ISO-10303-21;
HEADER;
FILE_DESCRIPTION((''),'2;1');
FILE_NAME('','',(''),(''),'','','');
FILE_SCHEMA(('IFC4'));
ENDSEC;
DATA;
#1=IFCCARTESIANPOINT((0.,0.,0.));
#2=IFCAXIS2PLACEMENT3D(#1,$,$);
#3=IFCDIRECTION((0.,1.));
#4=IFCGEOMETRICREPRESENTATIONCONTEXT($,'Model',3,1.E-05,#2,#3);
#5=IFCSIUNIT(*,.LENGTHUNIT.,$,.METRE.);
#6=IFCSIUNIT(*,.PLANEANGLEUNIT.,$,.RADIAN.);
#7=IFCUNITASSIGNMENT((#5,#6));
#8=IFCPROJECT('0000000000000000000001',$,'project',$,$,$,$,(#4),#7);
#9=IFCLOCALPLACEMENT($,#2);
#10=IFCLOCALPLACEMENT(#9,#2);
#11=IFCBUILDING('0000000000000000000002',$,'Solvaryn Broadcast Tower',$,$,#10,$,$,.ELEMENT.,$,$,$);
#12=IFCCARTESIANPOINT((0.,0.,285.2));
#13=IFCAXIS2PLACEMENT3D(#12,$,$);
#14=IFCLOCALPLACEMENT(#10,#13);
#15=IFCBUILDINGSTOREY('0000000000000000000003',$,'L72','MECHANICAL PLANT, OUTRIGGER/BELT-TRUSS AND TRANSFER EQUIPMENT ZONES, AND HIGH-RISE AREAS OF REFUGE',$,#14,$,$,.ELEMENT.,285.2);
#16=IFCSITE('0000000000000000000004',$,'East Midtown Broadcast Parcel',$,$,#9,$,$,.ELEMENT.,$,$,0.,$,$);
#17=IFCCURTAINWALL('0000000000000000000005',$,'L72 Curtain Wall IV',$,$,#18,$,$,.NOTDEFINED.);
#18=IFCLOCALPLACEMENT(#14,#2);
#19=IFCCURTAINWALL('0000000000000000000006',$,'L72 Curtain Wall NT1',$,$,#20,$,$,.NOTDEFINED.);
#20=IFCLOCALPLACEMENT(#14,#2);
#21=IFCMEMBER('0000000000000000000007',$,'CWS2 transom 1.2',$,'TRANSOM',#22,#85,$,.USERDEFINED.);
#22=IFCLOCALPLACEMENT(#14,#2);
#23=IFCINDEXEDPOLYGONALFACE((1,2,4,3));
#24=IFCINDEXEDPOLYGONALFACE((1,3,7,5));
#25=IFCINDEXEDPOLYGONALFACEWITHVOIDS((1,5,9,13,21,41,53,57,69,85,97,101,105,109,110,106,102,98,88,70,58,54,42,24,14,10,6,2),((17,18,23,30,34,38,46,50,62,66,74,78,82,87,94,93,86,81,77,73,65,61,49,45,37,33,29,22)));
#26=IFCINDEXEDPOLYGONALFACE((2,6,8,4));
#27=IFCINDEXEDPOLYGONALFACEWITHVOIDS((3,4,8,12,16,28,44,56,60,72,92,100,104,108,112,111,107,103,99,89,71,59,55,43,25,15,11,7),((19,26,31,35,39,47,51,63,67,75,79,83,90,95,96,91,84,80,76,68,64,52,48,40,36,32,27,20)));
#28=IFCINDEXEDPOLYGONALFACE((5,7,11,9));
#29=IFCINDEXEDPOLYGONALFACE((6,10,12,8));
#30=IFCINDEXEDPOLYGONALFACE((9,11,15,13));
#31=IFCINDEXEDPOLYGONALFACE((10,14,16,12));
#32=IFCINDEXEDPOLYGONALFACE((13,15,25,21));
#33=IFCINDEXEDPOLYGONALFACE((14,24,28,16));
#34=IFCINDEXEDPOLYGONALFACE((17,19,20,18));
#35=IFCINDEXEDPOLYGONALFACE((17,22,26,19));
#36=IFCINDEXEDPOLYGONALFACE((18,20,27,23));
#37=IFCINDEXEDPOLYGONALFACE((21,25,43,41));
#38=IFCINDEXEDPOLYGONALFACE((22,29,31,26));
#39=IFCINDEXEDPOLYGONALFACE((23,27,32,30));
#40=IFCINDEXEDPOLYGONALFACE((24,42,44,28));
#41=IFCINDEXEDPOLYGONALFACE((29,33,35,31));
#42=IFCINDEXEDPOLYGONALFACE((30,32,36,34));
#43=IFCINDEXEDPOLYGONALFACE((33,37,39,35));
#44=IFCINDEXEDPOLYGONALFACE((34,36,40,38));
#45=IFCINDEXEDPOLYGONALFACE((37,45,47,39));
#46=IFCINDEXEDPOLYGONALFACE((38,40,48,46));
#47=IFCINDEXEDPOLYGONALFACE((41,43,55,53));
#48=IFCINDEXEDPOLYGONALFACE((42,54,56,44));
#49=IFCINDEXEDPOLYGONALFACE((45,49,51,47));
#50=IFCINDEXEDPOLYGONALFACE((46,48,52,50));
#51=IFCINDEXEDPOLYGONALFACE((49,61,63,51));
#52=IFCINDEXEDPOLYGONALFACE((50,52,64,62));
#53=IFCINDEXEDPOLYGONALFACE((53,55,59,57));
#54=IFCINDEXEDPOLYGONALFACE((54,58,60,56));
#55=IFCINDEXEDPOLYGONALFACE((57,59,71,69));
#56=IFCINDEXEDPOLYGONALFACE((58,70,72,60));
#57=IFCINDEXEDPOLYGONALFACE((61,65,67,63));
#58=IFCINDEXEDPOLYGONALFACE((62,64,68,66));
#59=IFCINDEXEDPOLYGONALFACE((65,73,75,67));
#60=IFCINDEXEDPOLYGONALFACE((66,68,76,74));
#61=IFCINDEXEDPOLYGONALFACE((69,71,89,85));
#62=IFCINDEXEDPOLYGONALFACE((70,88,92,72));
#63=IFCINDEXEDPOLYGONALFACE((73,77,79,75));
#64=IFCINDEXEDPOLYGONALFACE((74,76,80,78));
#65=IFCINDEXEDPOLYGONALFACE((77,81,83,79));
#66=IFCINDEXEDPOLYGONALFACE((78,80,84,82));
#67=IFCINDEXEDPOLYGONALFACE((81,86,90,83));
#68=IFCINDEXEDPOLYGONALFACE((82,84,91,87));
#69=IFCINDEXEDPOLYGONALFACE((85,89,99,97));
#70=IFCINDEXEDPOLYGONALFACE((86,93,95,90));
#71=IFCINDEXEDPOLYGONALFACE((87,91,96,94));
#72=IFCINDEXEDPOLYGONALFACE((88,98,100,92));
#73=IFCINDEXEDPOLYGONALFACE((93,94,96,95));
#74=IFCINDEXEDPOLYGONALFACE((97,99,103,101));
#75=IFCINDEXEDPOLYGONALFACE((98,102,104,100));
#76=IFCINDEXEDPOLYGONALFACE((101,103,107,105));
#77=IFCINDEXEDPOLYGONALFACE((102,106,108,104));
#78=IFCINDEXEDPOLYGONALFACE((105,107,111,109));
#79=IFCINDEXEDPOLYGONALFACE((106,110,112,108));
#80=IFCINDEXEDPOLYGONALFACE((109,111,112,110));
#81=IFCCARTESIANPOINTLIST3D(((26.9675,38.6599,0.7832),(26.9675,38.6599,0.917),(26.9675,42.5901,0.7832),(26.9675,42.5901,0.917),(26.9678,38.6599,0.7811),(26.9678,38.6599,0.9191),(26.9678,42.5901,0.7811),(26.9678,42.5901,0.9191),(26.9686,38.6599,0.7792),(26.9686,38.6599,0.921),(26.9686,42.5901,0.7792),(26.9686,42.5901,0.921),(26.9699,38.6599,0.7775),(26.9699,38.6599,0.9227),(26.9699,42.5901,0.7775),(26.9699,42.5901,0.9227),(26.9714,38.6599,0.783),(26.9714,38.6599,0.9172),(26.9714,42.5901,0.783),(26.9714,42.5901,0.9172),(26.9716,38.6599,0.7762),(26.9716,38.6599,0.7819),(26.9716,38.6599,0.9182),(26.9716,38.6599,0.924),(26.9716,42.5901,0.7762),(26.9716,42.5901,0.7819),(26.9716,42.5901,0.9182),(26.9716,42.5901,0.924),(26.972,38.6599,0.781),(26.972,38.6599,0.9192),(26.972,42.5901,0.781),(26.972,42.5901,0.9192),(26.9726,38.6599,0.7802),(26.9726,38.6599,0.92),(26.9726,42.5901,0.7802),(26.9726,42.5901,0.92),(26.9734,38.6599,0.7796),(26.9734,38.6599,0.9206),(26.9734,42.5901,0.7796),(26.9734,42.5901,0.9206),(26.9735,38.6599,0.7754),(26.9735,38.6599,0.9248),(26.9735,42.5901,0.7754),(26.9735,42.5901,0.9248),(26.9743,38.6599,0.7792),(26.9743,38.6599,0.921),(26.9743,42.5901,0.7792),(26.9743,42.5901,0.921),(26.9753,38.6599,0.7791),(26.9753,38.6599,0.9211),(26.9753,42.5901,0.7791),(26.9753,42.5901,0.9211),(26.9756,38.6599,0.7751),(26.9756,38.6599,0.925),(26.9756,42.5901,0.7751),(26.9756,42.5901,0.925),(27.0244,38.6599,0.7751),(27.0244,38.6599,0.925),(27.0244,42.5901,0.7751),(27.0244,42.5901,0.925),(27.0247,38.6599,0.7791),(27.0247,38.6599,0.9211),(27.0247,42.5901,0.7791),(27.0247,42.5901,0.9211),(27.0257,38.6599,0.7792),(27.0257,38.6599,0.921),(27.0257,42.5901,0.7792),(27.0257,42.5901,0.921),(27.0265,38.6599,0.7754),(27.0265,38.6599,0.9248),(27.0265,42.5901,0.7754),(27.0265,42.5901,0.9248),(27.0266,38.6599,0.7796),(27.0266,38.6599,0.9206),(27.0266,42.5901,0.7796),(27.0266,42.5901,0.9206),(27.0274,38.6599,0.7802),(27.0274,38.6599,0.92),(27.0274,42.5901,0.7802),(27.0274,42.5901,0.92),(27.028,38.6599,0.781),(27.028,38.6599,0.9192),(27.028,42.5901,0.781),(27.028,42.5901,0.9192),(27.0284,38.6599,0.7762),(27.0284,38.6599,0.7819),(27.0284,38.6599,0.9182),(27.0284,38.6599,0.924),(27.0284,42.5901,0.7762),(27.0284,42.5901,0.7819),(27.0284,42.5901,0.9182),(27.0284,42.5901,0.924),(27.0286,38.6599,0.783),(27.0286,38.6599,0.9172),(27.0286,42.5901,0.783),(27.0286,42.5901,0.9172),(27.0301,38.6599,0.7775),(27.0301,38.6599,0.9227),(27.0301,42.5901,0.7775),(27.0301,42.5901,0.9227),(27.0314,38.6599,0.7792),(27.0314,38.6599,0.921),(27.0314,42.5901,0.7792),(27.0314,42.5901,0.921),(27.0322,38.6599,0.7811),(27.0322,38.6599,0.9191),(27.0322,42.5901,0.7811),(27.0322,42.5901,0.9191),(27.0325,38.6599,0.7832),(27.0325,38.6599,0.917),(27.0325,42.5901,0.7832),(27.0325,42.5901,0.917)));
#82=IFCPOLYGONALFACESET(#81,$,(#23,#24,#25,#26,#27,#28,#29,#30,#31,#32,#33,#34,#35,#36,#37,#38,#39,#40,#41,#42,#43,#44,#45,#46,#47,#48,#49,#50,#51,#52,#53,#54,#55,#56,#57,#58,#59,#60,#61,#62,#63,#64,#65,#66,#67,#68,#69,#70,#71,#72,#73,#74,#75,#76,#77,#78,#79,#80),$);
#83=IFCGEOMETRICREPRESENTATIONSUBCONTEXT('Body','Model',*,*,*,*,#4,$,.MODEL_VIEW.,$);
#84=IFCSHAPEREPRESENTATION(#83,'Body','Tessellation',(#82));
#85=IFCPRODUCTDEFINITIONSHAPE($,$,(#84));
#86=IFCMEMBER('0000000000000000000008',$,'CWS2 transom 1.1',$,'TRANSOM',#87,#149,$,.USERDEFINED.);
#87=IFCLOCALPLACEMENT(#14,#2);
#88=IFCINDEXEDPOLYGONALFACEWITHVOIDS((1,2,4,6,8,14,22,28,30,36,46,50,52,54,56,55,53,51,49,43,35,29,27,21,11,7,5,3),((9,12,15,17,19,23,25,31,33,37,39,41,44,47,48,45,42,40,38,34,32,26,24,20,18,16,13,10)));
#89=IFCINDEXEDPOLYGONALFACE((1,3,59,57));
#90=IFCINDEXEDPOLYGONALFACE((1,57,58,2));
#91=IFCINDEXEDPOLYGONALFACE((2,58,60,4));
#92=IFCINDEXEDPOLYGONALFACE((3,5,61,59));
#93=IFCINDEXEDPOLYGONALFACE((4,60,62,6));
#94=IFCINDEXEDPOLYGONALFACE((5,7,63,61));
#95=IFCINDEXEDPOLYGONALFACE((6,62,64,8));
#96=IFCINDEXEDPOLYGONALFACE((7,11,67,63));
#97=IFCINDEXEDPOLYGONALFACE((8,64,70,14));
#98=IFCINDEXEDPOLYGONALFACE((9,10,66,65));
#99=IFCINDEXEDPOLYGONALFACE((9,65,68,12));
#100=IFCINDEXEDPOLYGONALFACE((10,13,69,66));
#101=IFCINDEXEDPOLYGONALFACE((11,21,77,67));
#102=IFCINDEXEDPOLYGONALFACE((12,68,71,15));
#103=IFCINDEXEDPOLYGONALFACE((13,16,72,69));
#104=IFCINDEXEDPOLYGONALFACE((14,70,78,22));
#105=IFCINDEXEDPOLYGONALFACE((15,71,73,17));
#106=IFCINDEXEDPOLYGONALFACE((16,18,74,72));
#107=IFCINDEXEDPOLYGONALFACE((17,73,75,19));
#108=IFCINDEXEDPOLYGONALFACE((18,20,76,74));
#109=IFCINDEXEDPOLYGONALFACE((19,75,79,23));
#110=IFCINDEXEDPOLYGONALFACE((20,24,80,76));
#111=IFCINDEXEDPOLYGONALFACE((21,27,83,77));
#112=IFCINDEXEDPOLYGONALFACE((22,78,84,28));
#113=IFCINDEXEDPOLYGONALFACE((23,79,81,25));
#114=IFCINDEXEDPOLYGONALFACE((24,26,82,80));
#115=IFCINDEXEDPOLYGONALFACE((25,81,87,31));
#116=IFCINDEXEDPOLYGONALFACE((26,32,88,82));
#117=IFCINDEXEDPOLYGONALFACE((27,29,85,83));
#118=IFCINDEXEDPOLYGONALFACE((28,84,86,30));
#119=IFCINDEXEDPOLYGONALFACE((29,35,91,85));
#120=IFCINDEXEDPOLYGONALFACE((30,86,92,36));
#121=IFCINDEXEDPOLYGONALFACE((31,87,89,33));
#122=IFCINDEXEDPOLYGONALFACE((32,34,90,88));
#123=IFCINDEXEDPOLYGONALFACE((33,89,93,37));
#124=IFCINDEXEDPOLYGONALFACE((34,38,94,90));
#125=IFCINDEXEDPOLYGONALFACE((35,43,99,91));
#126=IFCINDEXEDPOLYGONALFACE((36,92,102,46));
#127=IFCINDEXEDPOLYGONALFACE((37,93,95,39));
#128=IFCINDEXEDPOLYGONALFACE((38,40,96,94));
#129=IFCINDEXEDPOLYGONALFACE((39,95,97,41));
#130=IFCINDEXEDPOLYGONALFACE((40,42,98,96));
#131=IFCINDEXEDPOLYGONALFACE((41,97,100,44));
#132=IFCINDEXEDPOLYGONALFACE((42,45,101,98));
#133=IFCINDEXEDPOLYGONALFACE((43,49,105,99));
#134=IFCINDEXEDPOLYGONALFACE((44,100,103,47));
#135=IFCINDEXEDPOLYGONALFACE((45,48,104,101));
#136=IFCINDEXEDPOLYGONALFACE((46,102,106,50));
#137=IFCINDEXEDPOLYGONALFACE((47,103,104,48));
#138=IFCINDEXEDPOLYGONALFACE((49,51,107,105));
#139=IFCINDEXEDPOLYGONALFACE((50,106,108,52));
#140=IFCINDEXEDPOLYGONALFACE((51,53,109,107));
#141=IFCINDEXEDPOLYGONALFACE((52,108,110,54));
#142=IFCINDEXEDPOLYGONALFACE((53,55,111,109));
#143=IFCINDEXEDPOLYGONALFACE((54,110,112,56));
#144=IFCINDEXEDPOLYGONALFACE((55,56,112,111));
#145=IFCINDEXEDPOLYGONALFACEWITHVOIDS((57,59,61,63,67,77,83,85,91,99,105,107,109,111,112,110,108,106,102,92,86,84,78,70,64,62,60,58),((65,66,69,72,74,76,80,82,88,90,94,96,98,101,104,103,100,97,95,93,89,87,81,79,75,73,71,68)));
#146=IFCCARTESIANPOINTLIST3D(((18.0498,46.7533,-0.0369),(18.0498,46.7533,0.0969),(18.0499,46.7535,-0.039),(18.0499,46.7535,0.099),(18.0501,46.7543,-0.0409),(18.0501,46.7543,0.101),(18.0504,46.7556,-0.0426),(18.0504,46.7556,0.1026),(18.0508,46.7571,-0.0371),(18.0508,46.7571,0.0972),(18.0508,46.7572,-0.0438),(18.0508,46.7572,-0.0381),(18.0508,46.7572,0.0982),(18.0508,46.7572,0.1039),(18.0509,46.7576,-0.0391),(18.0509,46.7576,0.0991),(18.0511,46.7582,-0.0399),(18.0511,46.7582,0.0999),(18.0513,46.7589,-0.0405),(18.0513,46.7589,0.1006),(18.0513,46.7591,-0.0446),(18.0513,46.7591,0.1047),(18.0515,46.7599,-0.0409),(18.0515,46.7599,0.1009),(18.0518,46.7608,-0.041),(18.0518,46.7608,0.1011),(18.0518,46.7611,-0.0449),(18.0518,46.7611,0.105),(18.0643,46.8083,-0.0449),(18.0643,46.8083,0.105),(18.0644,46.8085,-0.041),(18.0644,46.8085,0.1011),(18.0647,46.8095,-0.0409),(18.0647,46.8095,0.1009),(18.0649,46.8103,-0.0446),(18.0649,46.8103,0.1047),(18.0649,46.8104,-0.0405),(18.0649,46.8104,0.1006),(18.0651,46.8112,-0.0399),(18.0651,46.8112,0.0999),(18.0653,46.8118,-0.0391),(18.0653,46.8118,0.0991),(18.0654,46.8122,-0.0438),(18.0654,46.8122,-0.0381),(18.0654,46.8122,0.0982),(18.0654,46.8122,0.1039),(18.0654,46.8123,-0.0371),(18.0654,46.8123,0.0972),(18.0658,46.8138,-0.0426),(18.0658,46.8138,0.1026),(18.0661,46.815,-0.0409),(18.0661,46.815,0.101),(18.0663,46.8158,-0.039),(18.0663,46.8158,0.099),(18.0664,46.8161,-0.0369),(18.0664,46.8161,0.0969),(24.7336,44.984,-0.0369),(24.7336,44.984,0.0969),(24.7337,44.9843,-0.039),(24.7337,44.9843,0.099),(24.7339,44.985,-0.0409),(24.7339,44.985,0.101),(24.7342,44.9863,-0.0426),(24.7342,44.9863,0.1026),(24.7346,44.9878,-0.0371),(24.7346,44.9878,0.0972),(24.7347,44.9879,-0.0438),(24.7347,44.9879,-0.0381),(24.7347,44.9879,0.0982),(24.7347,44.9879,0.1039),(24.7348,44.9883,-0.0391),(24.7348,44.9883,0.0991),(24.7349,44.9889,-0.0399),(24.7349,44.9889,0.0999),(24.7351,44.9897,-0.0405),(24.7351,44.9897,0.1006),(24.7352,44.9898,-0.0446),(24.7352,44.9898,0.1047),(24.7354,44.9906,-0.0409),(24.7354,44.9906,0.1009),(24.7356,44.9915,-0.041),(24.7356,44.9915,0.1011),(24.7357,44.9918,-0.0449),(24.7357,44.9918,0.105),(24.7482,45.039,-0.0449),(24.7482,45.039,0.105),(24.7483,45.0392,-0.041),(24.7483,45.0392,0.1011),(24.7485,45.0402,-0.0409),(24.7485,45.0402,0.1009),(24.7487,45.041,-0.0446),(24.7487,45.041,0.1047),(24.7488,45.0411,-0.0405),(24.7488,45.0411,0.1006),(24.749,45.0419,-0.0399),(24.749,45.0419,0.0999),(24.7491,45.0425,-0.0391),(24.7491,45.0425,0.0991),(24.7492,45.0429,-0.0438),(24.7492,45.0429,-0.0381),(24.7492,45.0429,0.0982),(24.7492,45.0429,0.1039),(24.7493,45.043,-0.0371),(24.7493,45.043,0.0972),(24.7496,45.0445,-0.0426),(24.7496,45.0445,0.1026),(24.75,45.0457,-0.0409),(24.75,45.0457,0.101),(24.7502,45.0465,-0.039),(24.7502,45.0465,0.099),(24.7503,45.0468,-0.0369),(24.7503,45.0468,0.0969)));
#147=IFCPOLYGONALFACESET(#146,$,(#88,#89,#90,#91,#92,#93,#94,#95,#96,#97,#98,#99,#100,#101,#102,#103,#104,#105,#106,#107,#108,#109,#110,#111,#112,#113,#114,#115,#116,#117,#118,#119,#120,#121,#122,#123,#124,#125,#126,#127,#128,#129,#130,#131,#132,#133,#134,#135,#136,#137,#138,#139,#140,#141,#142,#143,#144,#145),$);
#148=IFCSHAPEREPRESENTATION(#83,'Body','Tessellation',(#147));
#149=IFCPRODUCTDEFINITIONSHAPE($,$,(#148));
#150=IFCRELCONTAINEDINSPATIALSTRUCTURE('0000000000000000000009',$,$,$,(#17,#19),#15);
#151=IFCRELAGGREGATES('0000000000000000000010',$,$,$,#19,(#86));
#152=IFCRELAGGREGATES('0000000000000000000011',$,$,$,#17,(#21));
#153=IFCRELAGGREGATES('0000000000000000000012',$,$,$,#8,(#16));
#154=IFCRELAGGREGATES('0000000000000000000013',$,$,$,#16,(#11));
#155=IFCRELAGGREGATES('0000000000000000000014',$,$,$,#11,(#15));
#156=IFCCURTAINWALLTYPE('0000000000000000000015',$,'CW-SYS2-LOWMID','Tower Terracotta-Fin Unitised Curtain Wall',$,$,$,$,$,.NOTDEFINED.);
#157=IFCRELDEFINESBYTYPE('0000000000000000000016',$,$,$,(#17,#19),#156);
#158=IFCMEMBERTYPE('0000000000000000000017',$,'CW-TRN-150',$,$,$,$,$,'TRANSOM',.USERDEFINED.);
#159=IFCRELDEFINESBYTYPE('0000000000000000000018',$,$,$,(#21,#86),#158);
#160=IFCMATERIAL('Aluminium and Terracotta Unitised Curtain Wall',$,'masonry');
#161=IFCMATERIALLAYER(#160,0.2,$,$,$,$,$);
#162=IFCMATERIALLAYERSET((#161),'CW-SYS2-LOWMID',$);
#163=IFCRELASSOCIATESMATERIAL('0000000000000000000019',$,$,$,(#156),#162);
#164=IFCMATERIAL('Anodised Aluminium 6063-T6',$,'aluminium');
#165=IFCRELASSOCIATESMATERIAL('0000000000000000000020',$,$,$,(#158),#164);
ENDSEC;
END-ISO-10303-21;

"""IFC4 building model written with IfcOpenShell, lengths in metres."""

from ifc_helpers import new_model, si_unit, direction, frame, origin, origin_2d, place, context, subcontext, project, spatial, hollow_rectangle, extrude, material, layer, layer_set, material_profile, profile_set, type_object, element, aggregate, save


model = new_model("IFC4")

# Units and contexts
model_context = context("Model", 3, precision=1e-05, world=origin(), true_north=direction((0.0, 1.0)))
body_context = subcontext(model_context, "Body", "Model", "MODEL_VIEW")
ifc_project = project(units=[si_unit("LENGTHUNIT", "METRE"), si_unit("PLANEANGLEUNIT", "RADIAN")], contexts=[model_context])

# Site, building, storey
site_placement = place(None, origin())
site = spatial("IfcSite", under=ifc_project, at=site_placement, Name="East Midtown Broadcast Parcel", CompositionType="ELEMENT", RefElevation=0.0)
building_placement = place(site_placement, origin())
building = spatial("IfcBuilding", under=site, at=building_placement, Name="Solvaryn Broadcast Tower", CompositionType="ELEMENT")
storey_placement = place(building_placement, frame((0.0, 0.0, 285.2)))
storey = spatial("IfcBuildingStorey", under=building, at=storey_placement, Name="L72", Description="MECHANICAL PLANT, OUTRIGGER/BELT-TRUSS AND TRANSFER EQUIPMENT ZONES, AND HIGH-RISE AREAS OF REFUGE", CompositionType="ELEMENT", Elevation=285.2)

# Curtain walls
ifc_material_1 = material(Name="Aluminium and Terracotta Unitised Curtain Wall", Category="masonry")
ifc_layer_1 = layer(ifc_material_1, 0.2)
ifc_layer_set_1 = layer_set([ifc_layer_1], Name="CW-SYS2-LOWMID")
curtain_wall_type = type_object("IfcCurtainWallType", Name="CW-SYS2-LOWMID", Description="Tower Terracotta-Fin Unitised Curtain Wall", PredefinedType="NOTDEFINED", material=ifc_layer_set_1)
curtain_wall_1_placement = place(storey_placement, origin())
curtain_wall_1 = element("IfcCurtainWall", 1, at=curtain_wall_1_placement, inside=storey, type_object=curtain_wall_type, Name="L72 Curtain Wall IV", PredefinedType="NOTDEFINED")
curtain_wall_2_placement = place(storey_placement, origin())
curtain_wall_2 = element("IfcCurtainWall", 2, at=curtain_wall_2_placement, inside=storey, type_object=curtain_wall_type, Name="L72 Curtain Wall NT1", PredefinedType="NOTDEFINED")

# Members
ifc_material_2 = material(Name="Anodised Aluminium 6063-T6", Category="aluminium")
ifc_material_profile_1 = material_profile(ifc_material_2, hollow_rectangle(XDim=0.0649, YDim=0.1499, WallThickness=0.0039, InnerFilletRadius=0.0039, OuterFilletRadius=0.0081, at=origin_2d()))
ifc_profile_set_1 = profile_set([ifc_material_profile_1], Name="Anodised Aluminium 6063-T6")
member_type_1 = type_object("IfcMemberType", Name="CW-TRN-150", ElementType="TRANSOM", PredefinedType="USERDEFINED", material=ifc_profile_set_1)
member_1_placement = place(storey_placement, frame((27.0, 42.5901, 0.8501), z_axis=(0.0, -1.0, 0.0), x_axis=(1.0, 0.0, 0.0)))
member_1 = element("IfcMember", 3, at=member_1_placement, type_object=member_type_1, Name="CWS2 transom 1.2", ObjectType="TRANSOM", PredefinedType="USERDEFINED", context=body_context, shape_type="SweptSolid", body=[
    extrude(hollow_rectangle(XDim=0.0649, YDim=0.1499, WallThickness=0.0039, InnerFilletRadius=0.0039, OuterFilletRadius=0.0081, at=origin_2d()), origin(), (0.0, 0.0, 1.0), 3.9302),
])
member_2_placement = place(storey_placement, frame((24.7419, 45.0154, 0.03), z_axis=(-0.966704, 0.255897, 0.0), x_axis=(-0.255897, -0.966704, 0.0)))
member_2 = element("IfcMember", 4, at=member_2_placement, type_object=member_type_1, Name="CWS2 transom 1.1", ObjectType="TRANSOM", PredefinedType="USERDEFINED", context=body_context, shape_type="SweptSolid", body=[
    extrude(hollow_rectangle(XDim=0.0649, YDim=0.1499, WallThickness=0.0039, InnerFilletRadius=0.0039, OuterFilletRadius=0.0081, at=origin_2d()), origin(), (0.0, 0.0, 1.0), 6.9141),
])
aggregate(curtain_wall_2, [member_2])

aggregate(curtain_wall_1, [member_1])

save(model, "model.ifc")
